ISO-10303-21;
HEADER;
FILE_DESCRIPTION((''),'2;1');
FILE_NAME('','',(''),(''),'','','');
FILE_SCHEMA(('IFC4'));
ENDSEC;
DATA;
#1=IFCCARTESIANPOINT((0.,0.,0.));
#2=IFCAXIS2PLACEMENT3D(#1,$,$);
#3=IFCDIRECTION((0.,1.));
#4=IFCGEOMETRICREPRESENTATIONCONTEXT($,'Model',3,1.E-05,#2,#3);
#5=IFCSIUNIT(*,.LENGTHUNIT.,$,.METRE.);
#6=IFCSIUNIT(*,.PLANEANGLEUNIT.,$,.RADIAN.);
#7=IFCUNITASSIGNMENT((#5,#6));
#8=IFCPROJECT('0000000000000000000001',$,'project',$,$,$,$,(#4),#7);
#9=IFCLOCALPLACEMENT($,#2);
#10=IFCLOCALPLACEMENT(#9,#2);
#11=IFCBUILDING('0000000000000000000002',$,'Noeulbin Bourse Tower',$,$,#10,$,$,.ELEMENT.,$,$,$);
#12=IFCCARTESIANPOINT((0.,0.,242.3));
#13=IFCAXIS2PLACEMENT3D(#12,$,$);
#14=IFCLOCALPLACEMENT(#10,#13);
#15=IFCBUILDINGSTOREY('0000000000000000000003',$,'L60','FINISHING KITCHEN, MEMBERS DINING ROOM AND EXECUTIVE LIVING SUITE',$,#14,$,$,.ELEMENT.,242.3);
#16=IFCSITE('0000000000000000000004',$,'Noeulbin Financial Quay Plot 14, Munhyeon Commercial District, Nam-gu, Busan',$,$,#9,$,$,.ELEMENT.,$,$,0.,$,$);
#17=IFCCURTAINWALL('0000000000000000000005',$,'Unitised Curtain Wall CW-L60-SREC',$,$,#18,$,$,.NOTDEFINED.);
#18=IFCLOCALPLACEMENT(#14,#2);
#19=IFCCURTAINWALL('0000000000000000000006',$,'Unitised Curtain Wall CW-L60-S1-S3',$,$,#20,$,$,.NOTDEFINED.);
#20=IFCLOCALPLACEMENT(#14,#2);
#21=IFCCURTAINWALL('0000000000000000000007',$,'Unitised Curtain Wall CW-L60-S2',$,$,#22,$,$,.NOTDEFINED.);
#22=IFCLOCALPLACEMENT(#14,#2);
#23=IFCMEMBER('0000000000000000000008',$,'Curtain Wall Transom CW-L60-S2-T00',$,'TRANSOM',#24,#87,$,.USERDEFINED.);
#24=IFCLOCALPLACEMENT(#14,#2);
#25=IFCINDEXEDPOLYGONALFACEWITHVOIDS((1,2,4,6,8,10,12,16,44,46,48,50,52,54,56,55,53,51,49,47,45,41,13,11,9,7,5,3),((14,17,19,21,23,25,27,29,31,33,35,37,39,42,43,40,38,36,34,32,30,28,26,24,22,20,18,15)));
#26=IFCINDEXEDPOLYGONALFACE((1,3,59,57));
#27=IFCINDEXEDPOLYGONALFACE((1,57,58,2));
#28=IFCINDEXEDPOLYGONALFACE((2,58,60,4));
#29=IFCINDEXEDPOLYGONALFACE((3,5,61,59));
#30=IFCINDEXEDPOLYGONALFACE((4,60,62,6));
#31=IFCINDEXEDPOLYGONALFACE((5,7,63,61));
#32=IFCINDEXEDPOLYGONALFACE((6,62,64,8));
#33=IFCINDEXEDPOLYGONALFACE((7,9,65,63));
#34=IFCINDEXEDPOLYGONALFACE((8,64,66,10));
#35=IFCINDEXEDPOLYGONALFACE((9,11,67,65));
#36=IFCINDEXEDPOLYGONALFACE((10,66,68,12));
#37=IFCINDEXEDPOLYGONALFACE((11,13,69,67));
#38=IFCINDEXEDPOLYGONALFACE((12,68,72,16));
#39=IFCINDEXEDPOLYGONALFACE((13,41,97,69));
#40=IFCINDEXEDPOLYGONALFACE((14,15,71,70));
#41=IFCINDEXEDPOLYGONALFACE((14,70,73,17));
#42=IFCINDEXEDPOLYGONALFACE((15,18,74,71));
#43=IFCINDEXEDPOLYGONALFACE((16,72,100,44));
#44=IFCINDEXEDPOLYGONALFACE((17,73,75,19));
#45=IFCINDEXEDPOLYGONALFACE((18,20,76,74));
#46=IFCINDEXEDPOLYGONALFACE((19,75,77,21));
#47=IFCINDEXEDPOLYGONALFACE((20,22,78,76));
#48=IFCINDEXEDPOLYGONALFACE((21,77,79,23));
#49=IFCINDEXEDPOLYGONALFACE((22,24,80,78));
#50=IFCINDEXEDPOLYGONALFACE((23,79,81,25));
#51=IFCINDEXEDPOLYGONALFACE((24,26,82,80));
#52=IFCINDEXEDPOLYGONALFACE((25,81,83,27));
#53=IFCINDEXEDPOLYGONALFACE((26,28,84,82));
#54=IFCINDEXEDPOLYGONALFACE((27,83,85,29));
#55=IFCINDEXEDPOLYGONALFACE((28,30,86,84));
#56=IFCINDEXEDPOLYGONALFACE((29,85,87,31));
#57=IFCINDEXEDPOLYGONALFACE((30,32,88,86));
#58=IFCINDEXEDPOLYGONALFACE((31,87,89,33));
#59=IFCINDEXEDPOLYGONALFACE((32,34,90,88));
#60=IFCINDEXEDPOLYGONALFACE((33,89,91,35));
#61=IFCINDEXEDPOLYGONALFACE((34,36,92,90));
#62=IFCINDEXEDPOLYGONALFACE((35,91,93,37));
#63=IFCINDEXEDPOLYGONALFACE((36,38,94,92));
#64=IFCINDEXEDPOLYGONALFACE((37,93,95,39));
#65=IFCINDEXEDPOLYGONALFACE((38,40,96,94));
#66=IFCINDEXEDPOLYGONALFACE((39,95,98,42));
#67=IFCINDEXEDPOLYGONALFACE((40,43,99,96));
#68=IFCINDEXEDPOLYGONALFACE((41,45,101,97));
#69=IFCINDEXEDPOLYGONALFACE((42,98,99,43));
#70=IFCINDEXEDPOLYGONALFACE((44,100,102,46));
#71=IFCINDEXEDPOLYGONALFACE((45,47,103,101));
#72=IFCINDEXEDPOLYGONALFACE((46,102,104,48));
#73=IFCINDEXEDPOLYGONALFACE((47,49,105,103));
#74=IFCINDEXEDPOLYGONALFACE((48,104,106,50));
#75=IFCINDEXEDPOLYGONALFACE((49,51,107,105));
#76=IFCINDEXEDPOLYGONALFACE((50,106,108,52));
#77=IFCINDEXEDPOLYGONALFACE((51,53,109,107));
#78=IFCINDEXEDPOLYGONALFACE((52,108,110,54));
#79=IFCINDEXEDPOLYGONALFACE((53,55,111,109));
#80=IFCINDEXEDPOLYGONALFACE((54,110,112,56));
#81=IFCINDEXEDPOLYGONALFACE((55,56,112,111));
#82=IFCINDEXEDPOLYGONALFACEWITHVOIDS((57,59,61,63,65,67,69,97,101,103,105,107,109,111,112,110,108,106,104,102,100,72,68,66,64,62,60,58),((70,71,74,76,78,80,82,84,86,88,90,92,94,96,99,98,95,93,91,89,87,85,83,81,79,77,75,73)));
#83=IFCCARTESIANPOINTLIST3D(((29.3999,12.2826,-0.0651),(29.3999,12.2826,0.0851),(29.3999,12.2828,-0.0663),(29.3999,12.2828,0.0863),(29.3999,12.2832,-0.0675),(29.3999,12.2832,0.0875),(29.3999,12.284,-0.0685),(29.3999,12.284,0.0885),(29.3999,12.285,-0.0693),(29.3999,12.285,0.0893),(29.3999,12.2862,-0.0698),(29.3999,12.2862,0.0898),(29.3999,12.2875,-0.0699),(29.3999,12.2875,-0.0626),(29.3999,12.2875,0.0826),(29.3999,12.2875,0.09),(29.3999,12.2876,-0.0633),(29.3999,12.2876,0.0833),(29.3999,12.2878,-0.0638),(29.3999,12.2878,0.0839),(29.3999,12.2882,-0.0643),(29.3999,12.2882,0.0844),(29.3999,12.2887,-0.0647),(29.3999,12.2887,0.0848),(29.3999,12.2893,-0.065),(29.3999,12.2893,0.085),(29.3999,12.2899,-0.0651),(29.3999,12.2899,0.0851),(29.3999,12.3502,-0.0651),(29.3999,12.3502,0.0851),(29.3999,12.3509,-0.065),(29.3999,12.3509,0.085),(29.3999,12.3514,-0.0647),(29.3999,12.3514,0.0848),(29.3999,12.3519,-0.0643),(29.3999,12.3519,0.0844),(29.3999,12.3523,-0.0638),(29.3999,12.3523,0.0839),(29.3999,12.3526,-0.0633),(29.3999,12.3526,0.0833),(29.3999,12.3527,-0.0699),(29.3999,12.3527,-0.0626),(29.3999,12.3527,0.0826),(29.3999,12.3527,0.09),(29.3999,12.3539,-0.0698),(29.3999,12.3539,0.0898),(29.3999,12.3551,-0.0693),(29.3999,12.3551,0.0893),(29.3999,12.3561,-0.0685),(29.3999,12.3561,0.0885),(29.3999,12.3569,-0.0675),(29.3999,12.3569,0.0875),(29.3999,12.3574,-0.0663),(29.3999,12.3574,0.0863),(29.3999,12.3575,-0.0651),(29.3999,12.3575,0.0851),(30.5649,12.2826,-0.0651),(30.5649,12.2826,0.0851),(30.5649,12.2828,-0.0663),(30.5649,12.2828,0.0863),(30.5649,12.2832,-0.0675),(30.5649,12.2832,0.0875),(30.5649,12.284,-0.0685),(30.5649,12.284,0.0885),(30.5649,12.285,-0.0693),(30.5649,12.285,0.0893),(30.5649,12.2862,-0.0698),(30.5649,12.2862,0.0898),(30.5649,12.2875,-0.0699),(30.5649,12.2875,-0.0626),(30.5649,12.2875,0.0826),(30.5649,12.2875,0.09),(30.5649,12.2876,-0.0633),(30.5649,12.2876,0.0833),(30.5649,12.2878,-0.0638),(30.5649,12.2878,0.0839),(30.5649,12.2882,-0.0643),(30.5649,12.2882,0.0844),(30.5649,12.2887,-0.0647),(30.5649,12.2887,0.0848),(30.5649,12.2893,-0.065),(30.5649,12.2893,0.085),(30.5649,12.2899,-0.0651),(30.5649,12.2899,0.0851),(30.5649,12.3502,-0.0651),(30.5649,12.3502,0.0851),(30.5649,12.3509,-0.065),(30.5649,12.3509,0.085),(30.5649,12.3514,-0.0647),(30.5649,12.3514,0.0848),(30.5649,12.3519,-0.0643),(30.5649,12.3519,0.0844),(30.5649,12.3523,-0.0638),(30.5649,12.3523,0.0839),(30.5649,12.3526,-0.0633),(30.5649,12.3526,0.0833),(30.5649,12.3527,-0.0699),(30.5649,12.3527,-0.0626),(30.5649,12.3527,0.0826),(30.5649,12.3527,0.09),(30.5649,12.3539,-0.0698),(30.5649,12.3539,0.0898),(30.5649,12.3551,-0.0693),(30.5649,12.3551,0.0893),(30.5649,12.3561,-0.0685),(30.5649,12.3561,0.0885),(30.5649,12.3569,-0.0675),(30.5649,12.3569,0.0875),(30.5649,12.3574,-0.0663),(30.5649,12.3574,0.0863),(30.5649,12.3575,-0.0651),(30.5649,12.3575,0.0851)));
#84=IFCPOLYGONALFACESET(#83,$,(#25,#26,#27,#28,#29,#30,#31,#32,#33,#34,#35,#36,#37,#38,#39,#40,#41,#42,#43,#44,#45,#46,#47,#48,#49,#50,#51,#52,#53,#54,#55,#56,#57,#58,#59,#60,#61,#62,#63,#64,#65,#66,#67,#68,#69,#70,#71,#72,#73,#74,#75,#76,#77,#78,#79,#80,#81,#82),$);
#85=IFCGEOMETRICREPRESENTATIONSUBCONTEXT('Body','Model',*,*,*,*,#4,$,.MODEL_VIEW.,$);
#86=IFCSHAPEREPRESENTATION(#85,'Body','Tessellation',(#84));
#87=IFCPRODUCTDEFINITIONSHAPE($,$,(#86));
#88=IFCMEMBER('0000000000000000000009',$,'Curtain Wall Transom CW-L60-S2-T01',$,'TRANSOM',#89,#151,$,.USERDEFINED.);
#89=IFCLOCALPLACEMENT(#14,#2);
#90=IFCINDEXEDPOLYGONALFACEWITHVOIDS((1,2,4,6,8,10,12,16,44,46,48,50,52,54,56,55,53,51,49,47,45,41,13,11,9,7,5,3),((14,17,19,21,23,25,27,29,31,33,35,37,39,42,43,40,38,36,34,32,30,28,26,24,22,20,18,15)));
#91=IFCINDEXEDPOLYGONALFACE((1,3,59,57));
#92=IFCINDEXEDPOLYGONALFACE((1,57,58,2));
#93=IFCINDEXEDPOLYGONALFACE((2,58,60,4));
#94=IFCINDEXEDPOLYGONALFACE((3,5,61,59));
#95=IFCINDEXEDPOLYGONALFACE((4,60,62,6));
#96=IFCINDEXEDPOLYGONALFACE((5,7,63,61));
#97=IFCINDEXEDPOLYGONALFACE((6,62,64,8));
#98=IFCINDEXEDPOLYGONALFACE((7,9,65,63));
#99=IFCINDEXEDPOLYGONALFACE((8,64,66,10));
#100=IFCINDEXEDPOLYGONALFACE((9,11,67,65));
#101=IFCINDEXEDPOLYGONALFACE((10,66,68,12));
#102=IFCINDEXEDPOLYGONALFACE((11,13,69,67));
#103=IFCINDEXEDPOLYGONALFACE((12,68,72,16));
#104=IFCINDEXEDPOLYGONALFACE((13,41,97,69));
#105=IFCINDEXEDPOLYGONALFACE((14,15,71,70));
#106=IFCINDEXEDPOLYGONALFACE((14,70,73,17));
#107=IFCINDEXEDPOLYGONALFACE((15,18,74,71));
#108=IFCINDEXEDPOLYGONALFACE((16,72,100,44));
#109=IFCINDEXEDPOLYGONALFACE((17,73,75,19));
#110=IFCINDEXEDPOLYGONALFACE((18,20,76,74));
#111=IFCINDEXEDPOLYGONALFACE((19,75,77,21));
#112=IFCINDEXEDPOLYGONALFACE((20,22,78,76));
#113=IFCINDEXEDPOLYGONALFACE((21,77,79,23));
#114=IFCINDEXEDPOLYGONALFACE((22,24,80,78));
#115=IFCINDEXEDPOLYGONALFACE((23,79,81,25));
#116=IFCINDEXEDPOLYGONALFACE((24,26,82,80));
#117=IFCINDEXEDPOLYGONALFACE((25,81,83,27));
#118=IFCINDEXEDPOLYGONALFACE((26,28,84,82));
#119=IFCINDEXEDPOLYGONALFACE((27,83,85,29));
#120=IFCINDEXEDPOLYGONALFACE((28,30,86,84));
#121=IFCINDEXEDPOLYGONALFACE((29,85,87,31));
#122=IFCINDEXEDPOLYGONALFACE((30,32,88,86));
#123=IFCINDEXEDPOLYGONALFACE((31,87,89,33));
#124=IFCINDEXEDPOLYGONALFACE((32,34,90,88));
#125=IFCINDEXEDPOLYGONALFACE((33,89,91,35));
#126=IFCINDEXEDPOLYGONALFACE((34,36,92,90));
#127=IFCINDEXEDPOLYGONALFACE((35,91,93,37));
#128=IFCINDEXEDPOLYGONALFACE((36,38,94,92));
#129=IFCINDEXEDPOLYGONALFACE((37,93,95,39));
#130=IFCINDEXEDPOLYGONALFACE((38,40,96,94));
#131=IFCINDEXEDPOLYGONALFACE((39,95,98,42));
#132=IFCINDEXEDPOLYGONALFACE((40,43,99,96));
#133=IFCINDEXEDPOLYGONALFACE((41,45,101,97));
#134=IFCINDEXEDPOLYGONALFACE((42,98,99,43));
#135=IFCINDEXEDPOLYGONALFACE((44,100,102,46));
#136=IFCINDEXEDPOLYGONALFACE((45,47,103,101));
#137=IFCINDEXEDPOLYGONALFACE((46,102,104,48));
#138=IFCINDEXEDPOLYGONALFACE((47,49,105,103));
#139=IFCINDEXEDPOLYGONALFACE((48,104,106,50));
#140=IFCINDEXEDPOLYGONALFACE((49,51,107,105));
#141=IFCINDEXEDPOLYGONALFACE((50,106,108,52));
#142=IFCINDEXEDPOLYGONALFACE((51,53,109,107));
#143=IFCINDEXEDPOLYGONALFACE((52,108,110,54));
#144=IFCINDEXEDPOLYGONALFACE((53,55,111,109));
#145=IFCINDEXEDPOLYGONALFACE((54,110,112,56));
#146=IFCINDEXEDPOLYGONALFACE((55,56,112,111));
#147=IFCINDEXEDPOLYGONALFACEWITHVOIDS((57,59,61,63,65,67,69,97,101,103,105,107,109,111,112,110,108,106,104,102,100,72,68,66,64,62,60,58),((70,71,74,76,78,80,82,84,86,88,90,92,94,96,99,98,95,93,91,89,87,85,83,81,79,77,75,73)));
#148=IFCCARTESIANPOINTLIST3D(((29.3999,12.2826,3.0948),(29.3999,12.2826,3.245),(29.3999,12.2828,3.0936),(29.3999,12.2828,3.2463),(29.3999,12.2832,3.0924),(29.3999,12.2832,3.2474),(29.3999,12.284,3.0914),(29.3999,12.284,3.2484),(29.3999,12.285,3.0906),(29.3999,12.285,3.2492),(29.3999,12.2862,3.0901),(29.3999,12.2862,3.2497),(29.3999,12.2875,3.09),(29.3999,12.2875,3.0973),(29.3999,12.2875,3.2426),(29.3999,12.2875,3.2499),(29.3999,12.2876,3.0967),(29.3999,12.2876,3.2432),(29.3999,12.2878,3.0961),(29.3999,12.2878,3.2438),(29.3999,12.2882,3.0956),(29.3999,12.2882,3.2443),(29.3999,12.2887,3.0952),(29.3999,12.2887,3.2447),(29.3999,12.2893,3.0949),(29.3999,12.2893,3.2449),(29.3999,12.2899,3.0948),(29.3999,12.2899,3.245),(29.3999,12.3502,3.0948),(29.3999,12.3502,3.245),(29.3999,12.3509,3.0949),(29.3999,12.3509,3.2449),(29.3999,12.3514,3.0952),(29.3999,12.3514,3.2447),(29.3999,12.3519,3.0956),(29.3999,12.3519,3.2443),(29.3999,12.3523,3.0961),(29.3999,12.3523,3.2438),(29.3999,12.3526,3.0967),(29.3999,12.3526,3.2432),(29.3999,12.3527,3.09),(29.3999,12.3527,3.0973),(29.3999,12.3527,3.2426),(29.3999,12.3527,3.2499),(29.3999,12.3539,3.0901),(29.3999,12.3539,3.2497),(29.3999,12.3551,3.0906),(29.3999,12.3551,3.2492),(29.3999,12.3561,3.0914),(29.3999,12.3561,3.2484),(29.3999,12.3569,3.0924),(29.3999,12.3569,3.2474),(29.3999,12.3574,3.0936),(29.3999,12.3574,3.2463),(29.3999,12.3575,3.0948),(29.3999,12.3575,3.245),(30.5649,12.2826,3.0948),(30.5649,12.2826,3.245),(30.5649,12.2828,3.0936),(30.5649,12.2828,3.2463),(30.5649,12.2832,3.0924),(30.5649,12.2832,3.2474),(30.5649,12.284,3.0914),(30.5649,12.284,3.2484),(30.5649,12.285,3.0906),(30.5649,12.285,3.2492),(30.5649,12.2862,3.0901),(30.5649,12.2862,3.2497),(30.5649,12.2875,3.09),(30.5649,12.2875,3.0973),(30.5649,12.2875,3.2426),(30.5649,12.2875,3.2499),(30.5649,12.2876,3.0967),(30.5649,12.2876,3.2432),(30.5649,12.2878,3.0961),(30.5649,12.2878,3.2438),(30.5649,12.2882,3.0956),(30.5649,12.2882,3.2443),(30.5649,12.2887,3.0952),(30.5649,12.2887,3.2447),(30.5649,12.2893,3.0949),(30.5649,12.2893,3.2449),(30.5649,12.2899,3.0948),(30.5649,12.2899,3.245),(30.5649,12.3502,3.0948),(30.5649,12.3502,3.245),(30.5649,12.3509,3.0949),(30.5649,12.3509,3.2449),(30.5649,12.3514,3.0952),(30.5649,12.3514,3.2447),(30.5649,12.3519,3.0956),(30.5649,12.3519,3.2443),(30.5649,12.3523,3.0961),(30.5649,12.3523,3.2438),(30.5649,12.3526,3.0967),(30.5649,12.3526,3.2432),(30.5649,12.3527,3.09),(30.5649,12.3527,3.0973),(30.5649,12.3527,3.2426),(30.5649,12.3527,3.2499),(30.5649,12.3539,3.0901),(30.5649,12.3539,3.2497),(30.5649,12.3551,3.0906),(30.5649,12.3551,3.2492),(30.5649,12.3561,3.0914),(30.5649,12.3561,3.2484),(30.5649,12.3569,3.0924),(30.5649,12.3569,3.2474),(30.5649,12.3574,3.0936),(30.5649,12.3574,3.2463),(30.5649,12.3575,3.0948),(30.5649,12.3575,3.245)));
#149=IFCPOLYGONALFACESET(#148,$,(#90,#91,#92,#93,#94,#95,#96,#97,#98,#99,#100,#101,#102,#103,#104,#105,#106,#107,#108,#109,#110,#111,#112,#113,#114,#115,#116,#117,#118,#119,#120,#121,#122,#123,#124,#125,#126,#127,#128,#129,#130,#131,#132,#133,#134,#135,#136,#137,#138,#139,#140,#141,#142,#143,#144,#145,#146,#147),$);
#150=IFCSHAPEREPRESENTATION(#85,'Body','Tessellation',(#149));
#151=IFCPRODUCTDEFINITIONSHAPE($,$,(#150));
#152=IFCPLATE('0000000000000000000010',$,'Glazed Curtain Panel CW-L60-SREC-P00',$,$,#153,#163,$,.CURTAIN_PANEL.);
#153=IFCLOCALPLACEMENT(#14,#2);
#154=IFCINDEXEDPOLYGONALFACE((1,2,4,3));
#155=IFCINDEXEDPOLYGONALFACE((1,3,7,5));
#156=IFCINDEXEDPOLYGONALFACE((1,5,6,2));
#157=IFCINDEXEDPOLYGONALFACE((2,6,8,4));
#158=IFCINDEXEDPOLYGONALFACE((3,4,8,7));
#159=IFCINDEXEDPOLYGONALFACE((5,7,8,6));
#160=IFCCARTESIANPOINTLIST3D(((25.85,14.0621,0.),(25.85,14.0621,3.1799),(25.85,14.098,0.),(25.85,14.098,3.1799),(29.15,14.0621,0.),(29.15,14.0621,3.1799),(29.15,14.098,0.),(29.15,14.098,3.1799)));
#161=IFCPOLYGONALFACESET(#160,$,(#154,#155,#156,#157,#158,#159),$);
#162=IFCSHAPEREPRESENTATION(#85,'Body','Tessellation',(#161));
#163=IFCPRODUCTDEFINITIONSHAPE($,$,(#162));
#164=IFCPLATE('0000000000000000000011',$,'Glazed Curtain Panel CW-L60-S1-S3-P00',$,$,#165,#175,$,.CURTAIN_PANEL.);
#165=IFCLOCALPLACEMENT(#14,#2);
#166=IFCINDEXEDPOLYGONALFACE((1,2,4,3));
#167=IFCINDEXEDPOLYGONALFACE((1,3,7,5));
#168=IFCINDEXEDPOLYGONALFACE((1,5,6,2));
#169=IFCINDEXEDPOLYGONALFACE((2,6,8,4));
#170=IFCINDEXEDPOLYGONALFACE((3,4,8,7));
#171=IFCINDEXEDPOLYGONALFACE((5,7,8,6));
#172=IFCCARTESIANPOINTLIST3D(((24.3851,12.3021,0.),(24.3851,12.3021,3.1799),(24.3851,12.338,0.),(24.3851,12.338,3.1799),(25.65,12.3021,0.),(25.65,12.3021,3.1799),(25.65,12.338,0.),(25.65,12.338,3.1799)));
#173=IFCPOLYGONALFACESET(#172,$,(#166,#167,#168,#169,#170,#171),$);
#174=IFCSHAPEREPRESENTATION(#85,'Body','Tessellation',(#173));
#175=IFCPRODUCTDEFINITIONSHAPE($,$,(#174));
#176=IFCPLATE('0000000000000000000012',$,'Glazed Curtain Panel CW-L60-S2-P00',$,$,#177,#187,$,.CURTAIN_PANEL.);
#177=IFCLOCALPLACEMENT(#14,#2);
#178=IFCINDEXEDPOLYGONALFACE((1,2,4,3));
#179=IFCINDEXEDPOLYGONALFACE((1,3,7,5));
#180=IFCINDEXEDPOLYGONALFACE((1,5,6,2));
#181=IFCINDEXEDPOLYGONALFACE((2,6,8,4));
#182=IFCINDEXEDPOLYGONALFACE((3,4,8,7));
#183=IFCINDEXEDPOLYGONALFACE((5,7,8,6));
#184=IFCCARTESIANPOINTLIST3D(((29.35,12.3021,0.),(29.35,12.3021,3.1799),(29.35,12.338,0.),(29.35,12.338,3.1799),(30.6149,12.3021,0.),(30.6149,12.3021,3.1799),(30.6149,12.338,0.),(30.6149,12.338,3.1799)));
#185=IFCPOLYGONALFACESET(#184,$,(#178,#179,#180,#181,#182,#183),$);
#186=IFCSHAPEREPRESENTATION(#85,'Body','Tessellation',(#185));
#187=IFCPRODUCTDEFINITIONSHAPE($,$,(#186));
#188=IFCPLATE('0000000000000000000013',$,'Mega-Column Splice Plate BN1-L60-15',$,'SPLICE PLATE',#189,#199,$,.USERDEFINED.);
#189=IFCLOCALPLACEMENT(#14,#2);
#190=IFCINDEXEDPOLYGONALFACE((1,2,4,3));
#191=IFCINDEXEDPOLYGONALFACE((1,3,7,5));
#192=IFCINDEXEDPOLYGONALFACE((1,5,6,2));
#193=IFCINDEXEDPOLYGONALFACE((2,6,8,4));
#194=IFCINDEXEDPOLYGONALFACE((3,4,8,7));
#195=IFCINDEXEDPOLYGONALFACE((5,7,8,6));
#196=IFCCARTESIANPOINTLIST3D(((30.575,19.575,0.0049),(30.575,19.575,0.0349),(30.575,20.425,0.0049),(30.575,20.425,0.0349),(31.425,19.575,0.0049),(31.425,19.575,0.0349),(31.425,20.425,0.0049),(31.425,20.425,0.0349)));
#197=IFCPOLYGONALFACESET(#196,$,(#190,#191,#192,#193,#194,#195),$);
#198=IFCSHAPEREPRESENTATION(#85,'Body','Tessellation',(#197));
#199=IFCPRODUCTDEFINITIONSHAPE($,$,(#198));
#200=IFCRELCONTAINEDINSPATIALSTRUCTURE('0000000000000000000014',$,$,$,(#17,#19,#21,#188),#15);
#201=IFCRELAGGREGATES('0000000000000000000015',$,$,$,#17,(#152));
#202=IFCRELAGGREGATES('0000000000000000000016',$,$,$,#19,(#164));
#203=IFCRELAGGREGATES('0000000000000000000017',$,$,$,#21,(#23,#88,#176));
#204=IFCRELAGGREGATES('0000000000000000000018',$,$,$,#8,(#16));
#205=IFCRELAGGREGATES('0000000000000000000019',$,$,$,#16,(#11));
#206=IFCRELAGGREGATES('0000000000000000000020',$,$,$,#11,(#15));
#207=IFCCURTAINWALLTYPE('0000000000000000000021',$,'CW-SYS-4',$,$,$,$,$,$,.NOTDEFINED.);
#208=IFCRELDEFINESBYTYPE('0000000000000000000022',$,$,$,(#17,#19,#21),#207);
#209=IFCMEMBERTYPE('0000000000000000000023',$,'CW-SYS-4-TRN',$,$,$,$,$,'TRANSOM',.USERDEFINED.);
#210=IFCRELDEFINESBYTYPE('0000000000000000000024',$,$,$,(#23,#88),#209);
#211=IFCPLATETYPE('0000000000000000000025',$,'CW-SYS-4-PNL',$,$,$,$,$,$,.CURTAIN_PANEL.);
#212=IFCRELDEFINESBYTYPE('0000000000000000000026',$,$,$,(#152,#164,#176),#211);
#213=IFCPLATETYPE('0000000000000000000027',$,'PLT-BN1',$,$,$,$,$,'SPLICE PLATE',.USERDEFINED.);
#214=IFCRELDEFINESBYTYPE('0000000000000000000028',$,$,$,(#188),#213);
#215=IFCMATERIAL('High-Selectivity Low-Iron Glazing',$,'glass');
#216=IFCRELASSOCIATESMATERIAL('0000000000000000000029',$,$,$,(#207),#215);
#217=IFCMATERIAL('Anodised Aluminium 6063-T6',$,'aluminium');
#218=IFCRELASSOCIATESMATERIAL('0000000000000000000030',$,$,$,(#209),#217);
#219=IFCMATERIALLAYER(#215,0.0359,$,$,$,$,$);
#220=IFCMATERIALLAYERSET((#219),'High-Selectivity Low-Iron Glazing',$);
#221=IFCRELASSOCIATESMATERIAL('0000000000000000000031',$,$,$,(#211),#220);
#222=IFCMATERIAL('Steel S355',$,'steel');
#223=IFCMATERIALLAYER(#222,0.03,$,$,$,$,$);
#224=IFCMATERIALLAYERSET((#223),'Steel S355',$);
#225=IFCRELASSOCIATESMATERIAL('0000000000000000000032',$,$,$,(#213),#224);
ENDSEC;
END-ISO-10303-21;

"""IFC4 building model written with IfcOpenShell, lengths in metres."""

from ifc_helpers import new_model, si_unit, direction, frame, origin, origin_2d, place, context, subcontext, project, spatial, rectangle, hollow_rectangle, extrude, material, layer, layer_set, material_profile, profile_set, type_object, element, aggregate, save


model = new_model("IFC4")

# Units and contexts
model_context = context("Model", 3, precision=1e-05, world=origin(), true_north=direction((0.0, 1.0)))
body_context = subcontext(model_context, "Body", "Model", "MODEL_VIEW")
ifc_project = project(units=[si_unit("LENGTHUNIT", "METRE"), si_unit("PLANEANGLEUNIT", "RADIAN")], contexts=[model_context])

# Site, building, storey
site_placement = place(None, origin())
site = spatial("IfcSite", under=ifc_project, at=site_placement, Name="Noeulbin Financial Quay Plot 14, Munhyeon Commercial District, Nam-gu, Busan", CompositionType="ELEMENT", RefElevation=0.0)
building_placement = place(site_placement, origin())
building = spatial("IfcBuilding", under=site, at=building_placement, Name="Noeulbin Bourse Tower", CompositionType="ELEMENT")
storey_placement = place(building_placement, frame((0.0, 0.0, 242.3)))
storey = spatial("IfcBuildingStorey", under=building, at=storey_placement, Name="L60", Description="FINISHING KITCHEN, MEMBERS DINING ROOM AND EXECUTIVE LIVING SUITE", CompositionType="ELEMENT", Elevation=242.3)

# Shared definitions
ifc_material_1 = material(Name="Steel S355", Category="steel")

# Curtain wall
ifc_material_2 = material(Name="High-Selectivity Low-Iron Glazing", Category="glass")
curtain_wall_type = type_object("IfcCurtainWallType", Name="CW-SYS-4", PredefinedType="NOTDEFINED", material=ifc_material_2)
curtain_wall_1_placement = place(storey_placement, origin())
curtain_wall_1 = element("IfcCurtainWall", 1, at=curtain_wall_1_placement, inside=storey, type_object=curtain_wall_type, Name="Unitised Curtain Wall CW-L60-SREC", PredefinedType="NOTDEFINED")
ifc_material_3 = material(Name="Anodised Aluminium 6063-T6", Category="aluminium")

# Curtain wall
curtain_wall_2_placement = place(storey_placement, origin())
curtain_wall_2 = element("IfcCurtainWall", 2, at=curtain_wall_2_placement, inside=storey, type_object=curtain_wall_type, Name="Unitised Curtain Wall CW-L60-S1-S3", PredefinedType="NOTDEFINED")

# Curtain wall
curtain_wall_3_placement = place(storey_placement, origin())
curtain_wall_3 = element("IfcCurtainWall", 3, at=curtain_wall_3_placement, inside=storey, type_object=curtain_wall_type, Name="Unitised Curtain Wall CW-L60-S2", PredefinedType="NOTDEFINED")

# Members
ifc_material_profile_1 = material_profile(ifc_material_3, hollow_rectangle(XDim=0.075, YDim=0.1599, WallThickness=0.0049, InnerFilletRadius=0.0024, OuterFilletRadius=0.0049, at=origin_2d()), Name="ALU-TRAN-75x160x5", Category="LoadBearing")
ifc_profile_set_1 = profile_set([ifc_material_profile_1], Name="Anodised Aluminium 6063-T6")
member_type_1 = type_object("IfcMemberType", Name="CW-SYS-4-TRN", ElementType="TRANSOM", PredefinedType="USERDEFINED", material=ifc_profile_set_1)
member_1_placement = place(storey_placement, frame((29.3999, 12.3201, 0.01), z_axis=(1.0, 0.0, 0.0), x_axis=(0.0, 1.0, 0.0)))
member_1 = element("IfcMember", 4, at=member_1_placement, type_object=member_type_1, Name="Curtain Wall Transom CW-L60-S2-T00", ObjectType="TRANSOM", PredefinedType="USERDEFINED", context=body_context, shape_type="SweptSolid", body=[
    extrude(hollow_rectangle(XDim=0.075, YDim=0.1599, WallThickness=0.0049, InnerFilletRadius=0.0024, OuterFilletRadius=0.0049, at=origin_2d()), origin(), (0.0, 0.0, 1.0), 1.165),
])
member_2_placement = place(storey_placement, frame((29.3999, 12.3201, 3.1699), z_axis=(1.0, 0.0, 0.0), x_axis=(0.0, 1.0, 0.0)))
member_2 = element("IfcMember", 5, at=member_2_placement, type_object=member_type_1, Name="Curtain Wall Transom CW-L60-S2-T01", ObjectType="TRANSOM", PredefinedType="USERDEFINED", context=body_context, shape_type="SweptSolid", body=[
    extrude(hollow_rectangle(XDim=0.075, YDim=0.1599, WallThickness=0.0049, InnerFilletRadius=0.0024, OuterFilletRadius=0.0049, at=origin_2d()), origin(), (0.0, 0.0, 1.0), 1.165),
])

# Plates
ifc_layer_1 = layer(ifc_material_2, 0.0359)
ifc_layer_set_1 = layer_set([ifc_layer_1], Name="High-Selectivity Low-Iron Glazing")
plate_type_1 = type_object("IfcPlateType", Name="CW-SYS-4-PNL", PredefinedType="CURTAIN_PANEL", material=ifc_layer_set_1)
plate_1_placement = place(storey_placement, frame((27.5, 14.0801, 0.0), z_axis=(0.0, 0.0, 1.0), x_axis=(1.0, 0.0, 0.0)))
plate_1 = element("IfcPlate", 6, at=plate_1_placement, type_object=plate_type_1, Name="Glazed Curtain Panel CW-L60-SREC-P00", PredefinedType="CURTAIN_PANEL", context=body_context, shape_type="SweptSolid", body=[
    extrude(rectangle(XDim=3.3, YDim=0.0359, at=origin_2d()), origin(), (0.0, 0.0, 1.0), 3.1799),
])
aggregate(curtain_wall_1, [plate_1])
plate_2_placement = place(storey_placement, frame((25.0176, 12.3201, 0.0), z_axis=(0.0, 0.0, 1.0), x_axis=(1.0, 0.0, 0.0)))
plate_2 = element("IfcPlate", 7, at=plate_2_placement, type_object=plate_type_1, Name="Glazed Curtain Panel CW-L60-S1-S3-P00", PredefinedType="CURTAIN_PANEL", context=body_context, shape_type="SweptSolid", body=[
    extrude(rectangle(XDim=1.2649, YDim=0.0359, at=origin_2d()), origin(), (0.0, 0.0, 1.0), 3.1799),
])
aggregate(curtain_wall_2, [plate_2])
plate_3_placement = place(storey_placement, frame((29.9824, 12.3201, 0.0), z_axis=(0.0, 0.0, 1.0), x_axis=(1.0, 0.0, 0.0)))
plate_3 = element("IfcPlate", 8, at=plate_3_placement, type_object=plate_type_1, Name="Glazed Curtain Panel CW-L60-S2-P00", PredefinedType="CURTAIN_PANEL", context=body_context, shape_type="SweptSolid", body=[
    extrude(rectangle(XDim=1.2649, YDim=0.0359, at=origin_2d()), origin(), (0.0, 0.0, 1.0), 3.1799),
])
aggregate(curtain_wall_3, [member_1, member_2, plate_3])

# Plate
ifc_layer_2 = layer(ifc_material_1, 0.03)
ifc_layer_set_2 = layer_set([ifc_layer_2], Name="Steel S355")
plate_type_2 = type_object("IfcPlateType", Name="PLT-BN1", ElementType="SPLICE PLATE", PredefinedType="USERDEFINED", material=ifc_layer_set_2)
for number, where, z_axis, x_axis, name in (
    (9, (31.0, 20.0, 0.0049), (0.0, 0.0, 1.0), (1.0, 0.0, 0.0), "Mega-Column Splice Plate BN1-L60-15"),
):
    element("IfcPlate", number, at=place(storey_placement, frame(where, z_axis=z_axis, x_axis=x_axis)), inside=storey, type_object=plate_type_2, Name=name, ObjectType="SPLICE PLATE", PredefinedType="USERDEFINED", context=body_context, shape_type="SweptSolid", body=[
        extrude(rectangle(XDim=0.8501, YDim=0.8501, at=origin_2d()), origin(), (0.0, 0.0, 1.0), 0.03),
    ])

save(model, "model.ifc")
